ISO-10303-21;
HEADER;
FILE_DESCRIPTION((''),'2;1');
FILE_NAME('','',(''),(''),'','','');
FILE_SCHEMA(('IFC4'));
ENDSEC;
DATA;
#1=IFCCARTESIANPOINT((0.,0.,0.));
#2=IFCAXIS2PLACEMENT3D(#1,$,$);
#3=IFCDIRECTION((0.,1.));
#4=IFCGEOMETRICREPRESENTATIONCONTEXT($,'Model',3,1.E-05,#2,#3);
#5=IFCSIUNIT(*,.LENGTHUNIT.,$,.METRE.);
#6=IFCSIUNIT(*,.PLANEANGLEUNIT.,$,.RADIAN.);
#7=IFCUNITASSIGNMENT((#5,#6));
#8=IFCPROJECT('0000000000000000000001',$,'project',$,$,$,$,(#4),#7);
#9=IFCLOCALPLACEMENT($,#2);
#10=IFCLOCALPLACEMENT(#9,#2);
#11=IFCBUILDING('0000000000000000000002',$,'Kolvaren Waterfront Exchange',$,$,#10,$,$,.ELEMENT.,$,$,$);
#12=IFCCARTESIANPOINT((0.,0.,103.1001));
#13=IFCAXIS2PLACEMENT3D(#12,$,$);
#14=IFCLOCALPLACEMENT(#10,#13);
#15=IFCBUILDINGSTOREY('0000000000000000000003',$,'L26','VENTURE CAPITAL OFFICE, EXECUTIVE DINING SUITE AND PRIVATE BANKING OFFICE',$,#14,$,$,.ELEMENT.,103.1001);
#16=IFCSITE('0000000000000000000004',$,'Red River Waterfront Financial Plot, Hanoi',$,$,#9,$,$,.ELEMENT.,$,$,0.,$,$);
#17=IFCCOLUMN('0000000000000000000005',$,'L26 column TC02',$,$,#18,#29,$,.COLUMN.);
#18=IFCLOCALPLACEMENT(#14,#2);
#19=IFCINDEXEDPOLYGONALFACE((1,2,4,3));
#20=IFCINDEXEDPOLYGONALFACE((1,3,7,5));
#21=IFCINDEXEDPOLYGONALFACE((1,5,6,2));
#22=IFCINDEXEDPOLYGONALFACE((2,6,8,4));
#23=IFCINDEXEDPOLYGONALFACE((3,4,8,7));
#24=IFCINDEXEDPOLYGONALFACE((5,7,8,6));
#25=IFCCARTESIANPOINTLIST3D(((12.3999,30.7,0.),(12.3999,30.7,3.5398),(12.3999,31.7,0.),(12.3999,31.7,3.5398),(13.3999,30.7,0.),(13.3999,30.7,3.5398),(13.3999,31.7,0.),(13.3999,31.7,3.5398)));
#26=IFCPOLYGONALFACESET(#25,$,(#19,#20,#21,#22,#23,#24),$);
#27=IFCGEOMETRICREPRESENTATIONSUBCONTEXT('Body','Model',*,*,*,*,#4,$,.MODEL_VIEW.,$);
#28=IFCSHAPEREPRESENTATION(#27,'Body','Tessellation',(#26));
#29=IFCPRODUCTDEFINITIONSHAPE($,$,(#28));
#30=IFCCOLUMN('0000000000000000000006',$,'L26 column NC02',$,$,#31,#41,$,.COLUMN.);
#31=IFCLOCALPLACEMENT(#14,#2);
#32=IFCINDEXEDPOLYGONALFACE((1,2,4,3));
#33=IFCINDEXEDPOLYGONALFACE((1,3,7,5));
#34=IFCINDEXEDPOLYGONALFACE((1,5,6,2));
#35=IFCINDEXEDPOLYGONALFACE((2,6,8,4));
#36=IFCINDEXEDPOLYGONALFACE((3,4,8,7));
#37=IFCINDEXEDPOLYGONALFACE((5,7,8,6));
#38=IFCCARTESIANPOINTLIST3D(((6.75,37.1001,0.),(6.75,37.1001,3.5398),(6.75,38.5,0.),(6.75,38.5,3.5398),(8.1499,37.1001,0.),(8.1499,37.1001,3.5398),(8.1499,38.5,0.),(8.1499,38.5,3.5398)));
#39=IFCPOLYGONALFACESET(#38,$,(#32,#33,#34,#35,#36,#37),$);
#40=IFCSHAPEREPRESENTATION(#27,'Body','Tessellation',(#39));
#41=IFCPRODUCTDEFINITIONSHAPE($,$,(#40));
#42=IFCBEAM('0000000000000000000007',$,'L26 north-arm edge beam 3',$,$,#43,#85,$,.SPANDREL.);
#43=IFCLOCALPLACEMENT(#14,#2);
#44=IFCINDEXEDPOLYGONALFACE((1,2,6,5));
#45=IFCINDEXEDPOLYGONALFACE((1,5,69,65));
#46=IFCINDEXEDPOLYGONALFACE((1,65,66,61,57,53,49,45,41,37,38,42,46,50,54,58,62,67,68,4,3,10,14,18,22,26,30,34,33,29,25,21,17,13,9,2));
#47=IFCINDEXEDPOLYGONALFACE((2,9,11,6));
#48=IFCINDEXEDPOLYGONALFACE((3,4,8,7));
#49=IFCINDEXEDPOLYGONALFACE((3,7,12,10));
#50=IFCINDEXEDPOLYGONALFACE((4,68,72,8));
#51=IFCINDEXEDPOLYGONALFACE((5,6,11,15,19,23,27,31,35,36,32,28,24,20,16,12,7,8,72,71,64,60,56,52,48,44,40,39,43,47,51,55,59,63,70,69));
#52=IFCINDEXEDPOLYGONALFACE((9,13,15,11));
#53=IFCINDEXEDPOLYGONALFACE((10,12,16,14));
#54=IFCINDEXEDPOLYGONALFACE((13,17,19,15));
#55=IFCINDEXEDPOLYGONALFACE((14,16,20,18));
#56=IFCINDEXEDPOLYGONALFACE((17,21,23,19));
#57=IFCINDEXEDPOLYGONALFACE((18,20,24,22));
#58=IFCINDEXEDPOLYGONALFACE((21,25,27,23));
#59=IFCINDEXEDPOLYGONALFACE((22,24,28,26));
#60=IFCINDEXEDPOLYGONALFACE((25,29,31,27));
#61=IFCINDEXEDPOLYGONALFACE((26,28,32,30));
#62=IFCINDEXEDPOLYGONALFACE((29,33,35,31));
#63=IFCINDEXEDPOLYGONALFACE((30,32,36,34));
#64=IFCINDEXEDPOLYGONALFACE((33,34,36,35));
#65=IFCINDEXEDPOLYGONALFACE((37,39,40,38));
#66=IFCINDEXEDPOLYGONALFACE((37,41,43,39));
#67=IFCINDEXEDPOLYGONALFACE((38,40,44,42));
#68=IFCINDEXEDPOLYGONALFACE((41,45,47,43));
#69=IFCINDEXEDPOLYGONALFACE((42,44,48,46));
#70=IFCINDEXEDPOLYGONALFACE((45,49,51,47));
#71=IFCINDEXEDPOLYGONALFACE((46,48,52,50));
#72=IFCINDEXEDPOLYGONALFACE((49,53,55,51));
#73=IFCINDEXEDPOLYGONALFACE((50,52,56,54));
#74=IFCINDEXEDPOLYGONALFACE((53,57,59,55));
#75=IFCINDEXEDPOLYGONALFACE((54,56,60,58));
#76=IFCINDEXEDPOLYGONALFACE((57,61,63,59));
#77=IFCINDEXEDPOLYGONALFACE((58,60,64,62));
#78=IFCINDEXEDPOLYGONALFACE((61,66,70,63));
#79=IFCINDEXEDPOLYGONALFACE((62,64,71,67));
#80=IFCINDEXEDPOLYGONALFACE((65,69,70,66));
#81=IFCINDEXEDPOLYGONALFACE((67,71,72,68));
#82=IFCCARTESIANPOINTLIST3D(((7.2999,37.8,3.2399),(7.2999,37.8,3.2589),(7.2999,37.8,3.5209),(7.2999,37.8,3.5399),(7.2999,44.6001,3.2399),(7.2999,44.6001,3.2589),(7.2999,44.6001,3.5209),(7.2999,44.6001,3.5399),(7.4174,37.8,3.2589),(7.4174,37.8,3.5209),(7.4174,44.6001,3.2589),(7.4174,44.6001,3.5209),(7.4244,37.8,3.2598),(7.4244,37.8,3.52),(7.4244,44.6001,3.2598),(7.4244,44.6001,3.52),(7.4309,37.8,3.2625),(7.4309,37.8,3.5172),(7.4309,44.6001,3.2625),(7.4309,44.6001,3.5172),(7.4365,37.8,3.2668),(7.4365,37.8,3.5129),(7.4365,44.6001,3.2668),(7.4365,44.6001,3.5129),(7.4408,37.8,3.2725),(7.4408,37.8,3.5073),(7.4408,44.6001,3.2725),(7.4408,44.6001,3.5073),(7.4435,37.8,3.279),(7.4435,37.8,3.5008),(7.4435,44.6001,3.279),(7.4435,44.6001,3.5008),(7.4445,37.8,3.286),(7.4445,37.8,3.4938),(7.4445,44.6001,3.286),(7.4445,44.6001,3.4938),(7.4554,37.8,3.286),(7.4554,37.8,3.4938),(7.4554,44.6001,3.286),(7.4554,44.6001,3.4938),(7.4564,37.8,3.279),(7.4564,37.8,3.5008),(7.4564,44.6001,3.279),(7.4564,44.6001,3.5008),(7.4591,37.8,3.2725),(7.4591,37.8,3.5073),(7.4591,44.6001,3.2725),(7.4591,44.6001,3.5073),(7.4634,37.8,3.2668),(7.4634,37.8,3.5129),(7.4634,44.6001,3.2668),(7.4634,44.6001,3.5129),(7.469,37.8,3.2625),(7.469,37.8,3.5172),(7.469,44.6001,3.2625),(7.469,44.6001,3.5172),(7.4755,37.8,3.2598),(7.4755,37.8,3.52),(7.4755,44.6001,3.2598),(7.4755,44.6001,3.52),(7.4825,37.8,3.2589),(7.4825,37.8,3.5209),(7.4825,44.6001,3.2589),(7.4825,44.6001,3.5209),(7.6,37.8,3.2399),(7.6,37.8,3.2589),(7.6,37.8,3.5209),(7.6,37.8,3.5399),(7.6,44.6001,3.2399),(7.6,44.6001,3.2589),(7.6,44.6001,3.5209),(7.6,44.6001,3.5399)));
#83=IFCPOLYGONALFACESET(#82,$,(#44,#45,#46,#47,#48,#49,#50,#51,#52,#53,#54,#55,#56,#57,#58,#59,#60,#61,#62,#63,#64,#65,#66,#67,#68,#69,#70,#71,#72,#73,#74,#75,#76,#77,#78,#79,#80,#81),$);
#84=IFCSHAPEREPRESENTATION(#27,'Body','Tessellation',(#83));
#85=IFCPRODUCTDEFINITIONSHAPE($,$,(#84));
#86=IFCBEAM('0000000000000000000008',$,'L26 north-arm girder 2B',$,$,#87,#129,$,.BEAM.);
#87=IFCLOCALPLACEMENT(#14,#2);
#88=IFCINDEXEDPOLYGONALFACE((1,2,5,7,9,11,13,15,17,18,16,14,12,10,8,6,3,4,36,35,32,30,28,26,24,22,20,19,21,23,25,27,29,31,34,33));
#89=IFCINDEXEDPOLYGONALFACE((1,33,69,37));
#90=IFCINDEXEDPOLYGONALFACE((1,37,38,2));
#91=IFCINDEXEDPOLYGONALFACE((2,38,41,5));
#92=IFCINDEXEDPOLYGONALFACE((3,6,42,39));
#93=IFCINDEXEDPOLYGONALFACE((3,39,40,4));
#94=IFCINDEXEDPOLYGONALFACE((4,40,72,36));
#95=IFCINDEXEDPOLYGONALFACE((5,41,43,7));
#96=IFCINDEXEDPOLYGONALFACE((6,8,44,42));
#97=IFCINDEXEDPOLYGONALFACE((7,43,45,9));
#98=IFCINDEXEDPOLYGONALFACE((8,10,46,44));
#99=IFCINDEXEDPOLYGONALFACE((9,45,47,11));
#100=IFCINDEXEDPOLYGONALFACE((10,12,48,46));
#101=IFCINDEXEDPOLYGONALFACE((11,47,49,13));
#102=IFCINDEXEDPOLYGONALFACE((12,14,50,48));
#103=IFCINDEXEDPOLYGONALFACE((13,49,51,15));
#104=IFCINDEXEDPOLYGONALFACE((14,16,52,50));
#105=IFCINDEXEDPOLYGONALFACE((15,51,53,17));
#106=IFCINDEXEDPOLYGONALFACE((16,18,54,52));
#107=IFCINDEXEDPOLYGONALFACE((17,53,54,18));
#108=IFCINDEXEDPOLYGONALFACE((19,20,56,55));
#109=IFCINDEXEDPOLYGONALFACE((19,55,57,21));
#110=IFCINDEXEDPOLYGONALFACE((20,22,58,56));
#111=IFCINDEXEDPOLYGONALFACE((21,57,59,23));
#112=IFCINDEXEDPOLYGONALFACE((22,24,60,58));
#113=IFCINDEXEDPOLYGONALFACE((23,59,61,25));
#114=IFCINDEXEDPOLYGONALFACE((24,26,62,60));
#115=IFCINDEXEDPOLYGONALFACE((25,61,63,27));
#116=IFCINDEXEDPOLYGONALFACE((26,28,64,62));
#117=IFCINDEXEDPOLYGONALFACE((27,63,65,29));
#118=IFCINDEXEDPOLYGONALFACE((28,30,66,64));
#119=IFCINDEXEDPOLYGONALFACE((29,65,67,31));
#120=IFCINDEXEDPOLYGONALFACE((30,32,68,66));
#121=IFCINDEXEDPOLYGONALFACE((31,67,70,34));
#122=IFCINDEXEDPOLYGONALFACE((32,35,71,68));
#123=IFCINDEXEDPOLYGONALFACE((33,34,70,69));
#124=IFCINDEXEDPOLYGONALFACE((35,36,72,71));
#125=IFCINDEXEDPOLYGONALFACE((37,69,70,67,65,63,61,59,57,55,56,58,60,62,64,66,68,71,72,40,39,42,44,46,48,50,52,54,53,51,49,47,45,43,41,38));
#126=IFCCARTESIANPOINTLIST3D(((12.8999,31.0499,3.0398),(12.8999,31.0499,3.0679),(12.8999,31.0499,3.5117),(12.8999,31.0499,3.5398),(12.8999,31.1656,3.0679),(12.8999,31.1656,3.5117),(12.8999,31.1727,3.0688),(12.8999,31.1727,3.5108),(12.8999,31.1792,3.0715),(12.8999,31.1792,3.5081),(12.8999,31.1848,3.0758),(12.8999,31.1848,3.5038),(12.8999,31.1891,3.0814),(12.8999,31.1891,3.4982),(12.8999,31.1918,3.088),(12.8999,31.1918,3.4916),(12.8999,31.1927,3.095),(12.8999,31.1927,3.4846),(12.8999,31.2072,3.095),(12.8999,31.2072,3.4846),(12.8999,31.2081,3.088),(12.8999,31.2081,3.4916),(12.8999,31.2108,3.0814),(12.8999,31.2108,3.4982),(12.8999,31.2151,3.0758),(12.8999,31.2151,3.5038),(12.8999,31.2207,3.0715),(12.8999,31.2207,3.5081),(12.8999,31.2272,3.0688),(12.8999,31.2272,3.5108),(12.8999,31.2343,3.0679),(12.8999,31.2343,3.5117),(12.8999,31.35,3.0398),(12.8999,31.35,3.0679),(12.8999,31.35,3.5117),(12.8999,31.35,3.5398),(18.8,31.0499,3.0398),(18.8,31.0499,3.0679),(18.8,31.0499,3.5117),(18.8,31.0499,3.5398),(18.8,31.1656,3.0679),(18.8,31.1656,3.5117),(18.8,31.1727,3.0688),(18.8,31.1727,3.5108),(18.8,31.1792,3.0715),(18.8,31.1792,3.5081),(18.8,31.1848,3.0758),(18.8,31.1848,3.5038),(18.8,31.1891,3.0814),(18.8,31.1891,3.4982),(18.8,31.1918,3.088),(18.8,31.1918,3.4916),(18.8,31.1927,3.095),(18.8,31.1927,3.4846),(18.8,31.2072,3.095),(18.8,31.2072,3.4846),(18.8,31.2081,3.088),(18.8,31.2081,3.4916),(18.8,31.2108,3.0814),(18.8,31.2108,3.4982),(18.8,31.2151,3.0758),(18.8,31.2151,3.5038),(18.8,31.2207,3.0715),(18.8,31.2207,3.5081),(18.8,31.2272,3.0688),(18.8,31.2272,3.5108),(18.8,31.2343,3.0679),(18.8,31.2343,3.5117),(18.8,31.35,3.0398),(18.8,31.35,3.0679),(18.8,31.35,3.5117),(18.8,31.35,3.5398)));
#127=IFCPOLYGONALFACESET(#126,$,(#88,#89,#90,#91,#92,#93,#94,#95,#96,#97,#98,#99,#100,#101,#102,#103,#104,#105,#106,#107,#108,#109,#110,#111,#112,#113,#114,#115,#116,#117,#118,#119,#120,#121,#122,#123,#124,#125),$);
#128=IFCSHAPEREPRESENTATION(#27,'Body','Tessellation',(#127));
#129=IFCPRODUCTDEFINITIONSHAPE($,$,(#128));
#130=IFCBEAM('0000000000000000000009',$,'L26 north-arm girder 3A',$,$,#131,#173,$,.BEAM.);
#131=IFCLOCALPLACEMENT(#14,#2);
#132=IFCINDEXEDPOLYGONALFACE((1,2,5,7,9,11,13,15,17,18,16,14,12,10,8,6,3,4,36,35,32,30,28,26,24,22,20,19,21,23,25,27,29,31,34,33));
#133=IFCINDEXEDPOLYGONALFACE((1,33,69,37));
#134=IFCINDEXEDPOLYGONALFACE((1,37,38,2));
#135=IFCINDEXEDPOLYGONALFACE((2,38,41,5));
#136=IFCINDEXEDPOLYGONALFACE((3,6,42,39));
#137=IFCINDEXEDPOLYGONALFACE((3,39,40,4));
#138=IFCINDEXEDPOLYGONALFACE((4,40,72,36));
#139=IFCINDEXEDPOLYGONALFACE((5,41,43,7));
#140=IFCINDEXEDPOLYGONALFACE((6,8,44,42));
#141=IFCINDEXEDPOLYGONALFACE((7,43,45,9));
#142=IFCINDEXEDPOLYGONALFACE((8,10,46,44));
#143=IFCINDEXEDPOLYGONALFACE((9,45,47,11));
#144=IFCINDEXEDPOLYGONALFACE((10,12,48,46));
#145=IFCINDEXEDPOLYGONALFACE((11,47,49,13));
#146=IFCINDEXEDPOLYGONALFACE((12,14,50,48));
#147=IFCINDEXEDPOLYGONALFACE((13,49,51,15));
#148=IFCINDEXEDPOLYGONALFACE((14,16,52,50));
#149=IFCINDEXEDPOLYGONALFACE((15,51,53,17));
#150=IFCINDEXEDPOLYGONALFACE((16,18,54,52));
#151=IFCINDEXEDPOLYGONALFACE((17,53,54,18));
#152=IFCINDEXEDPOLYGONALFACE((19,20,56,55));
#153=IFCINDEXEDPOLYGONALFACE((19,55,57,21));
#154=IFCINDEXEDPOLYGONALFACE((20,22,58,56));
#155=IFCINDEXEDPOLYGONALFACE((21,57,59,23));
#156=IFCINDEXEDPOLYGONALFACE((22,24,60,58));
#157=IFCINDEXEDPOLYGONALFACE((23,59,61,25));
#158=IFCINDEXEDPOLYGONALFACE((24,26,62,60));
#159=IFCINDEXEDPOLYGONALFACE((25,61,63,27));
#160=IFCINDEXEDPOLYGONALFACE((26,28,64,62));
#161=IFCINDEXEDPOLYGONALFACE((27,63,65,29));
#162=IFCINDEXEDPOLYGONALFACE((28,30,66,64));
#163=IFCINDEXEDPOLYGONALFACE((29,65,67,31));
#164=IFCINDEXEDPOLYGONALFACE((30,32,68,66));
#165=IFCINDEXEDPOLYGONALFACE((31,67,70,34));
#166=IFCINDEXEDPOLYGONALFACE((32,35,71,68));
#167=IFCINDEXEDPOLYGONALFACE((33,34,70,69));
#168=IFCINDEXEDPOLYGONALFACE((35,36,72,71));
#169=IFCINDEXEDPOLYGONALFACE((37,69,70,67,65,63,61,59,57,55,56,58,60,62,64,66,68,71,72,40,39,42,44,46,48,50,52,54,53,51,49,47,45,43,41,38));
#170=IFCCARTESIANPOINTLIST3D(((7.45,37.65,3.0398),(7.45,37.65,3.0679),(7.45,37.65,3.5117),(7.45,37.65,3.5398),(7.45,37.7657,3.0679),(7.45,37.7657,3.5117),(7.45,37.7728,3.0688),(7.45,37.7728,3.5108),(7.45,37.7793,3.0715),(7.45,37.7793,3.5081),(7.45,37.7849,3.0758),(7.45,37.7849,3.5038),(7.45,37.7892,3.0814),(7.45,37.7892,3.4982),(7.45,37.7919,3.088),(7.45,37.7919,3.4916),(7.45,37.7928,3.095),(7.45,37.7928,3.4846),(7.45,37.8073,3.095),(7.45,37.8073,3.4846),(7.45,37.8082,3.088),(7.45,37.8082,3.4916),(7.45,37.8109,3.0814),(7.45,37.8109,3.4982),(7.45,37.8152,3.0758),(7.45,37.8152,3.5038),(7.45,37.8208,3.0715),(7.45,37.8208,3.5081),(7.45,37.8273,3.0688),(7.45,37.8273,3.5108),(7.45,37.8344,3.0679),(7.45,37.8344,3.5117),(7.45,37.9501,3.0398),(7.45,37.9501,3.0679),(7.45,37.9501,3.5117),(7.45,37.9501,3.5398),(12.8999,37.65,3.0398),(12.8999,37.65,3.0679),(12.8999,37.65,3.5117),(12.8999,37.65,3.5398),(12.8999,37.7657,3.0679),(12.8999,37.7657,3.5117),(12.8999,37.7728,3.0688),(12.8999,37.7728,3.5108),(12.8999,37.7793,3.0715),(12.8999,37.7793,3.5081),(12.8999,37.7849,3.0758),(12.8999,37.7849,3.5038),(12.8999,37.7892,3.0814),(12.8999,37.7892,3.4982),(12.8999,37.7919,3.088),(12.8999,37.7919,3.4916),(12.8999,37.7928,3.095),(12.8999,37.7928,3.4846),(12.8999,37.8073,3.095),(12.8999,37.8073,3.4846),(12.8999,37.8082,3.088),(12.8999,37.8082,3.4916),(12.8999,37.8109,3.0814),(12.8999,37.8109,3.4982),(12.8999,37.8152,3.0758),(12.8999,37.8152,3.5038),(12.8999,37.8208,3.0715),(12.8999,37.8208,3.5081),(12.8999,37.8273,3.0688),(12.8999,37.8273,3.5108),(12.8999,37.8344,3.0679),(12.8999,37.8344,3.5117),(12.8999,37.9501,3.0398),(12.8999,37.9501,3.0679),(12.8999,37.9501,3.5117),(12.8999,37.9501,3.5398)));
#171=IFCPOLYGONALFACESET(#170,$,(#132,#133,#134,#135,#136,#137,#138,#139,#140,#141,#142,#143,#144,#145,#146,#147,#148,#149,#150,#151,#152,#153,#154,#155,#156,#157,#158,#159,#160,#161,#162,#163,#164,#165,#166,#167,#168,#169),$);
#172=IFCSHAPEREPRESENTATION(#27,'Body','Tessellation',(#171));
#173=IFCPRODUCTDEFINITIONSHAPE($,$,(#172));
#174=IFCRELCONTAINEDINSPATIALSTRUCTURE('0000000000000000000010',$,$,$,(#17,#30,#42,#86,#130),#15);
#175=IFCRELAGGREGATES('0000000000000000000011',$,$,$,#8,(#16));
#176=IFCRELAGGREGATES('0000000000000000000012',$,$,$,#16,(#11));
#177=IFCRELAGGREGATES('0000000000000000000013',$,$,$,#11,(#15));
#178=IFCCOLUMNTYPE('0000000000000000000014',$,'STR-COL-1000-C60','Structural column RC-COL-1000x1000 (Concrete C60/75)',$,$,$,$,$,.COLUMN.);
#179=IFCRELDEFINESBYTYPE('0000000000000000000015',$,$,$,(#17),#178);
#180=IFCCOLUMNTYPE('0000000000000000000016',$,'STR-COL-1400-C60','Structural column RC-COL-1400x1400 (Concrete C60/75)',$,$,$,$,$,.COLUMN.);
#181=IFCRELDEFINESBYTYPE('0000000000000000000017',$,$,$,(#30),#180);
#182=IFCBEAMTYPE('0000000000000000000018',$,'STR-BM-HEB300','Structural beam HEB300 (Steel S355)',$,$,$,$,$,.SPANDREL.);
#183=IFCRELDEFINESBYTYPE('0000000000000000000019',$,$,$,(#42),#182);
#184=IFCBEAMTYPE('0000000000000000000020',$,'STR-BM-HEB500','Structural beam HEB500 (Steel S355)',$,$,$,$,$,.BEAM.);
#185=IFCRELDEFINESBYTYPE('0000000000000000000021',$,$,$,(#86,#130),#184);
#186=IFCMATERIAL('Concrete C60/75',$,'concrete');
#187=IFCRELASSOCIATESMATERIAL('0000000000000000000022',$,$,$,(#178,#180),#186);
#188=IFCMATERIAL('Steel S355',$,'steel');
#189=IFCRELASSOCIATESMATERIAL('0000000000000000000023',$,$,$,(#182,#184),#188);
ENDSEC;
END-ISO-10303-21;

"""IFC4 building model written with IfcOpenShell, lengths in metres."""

from ifc_helpers import new_model, si_unit, direction, frame, origin, origin_2d, place, context, subcontext, project, spatial, rectangle, i_section, extrude, material, material_profile, profile_set, type_object, element, save


model = new_model("IFC4")

# Units and contexts
model_context = context("Model", 3, precision=1e-05, world=origin(), true_north=direction((0.0, 1.0)))
body_context = subcontext(model_context, "Body", "Model", "MODEL_VIEW")
ifc_project = project(units=[si_unit("LENGTHUNIT", "METRE"), si_unit("PLANEANGLEUNIT", "RADIAN")], contexts=[model_context])

# Site, building, storey
site_placement = place(None, origin())
site = spatial("IfcSite", under=ifc_project, at=site_placement, Name="Red River Waterfront Financial Plot, Hanoi", CompositionType="ELEMENT", RefElevation=0.0)
building_placement = place(site_placement, origin())
building = spatial("IfcBuilding", under=site, at=building_placement, Name="Kolvaren Waterfront Exchange", CompositionType="ELEMENT")
storey_placement = place(building_placement, frame((0.0, 0.0, 103.1001)))
storey = spatial("IfcBuildingStorey", under=building, at=storey_placement, Name="L26", Description="VENTURE CAPITAL OFFICE, EXECUTIVE DINING SUITE AND PRIVATE BANKING OFFICE", CompositionType="ELEMENT", Elevation=103.1001)

# Columns
ifc_material_1 = material(Name="Concrete C60/75", Category="concrete")
ifc_material_profile_1 = material_profile(ifc_material_1, rectangle(XDim=1.0, YDim=1.0, at=origin_2d()), Name="RC-COL-1000x1000")
ifc_profile_set_1 = profile_set([ifc_material_profile_1], Name="Concrete C60/75")
column_type_1 = type_object("IfcColumnType", Name="STR-COL-1000-C60", Description="Structural column RC-COL-1000x1000 (Concrete C60/75)", PredefinedType="COLUMN", material=ifc_profile_set_1)
column_1_placement = place(storey_placement, frame((12.8999, 31.2, 0.0), z_axis=(0.0, 0.0, 1.0), x_axis=(1.0, 0.0, 0.0)))
element("IfcColumn", 1, at=column_1_placement, inside=storey, type_object=column_type_1, Name="L26 column TC02", PredefinedType="COLUMN", context=body_context, shape_type="SweptSolid", body=[
    extrude(rectangle(XDim=1.0, YDim=1.0, at=origin_2d()), origin(), (0.0, 0.0, 1.0), 3.5398),
])
ifc_material_profile_2 = material_profile(ifc_material_1, rectangle(XDim=1.3999, YDim=1.3999, at=origin_2d()), Name="RC-COL-1400x1400")
ifc_profile_set_2 = profile_set([ifc_material_profile_2], Name="Concrete C60/75")
column_type_2 = type_object("IfcColumnType", Name="STR-COL-1400-C60", Description="Structural column RC-COL-1400x1400 (Concrete C60/75)", PredefinedType="COLUMN", material=ifc_profile_set_2)
column_2_placement = place(storey_placement, frame((7.45, 37.8, 0.0), z_axis=(0.0, 0.0, 1.0), x_axis=(1.0, 0.0, 0.0)))
element("IfcColumn", 2, at=column_2_placement, inside=storey, type_object=column_type_2, Name="L26 column NC02", PredefinedType="COLUMN", context=body_context, shape_type="SweptSolid", body=[
    extrude(rectangle(XDim=1.3999, YDim=1.3999, at=origin_2d()), origin(), (0.0, 0.0, 1.0), 3.5398),
])

# Beams
ifc_material_2 = material(Name="Steel S355", Category="steel")
ifc_material_profile_3 = material_profile(ifc_material_2, i_section(OverallWidth=0.3, OverallDepth=0.3, WebThickness=0.011, FlangeThickness=0.019, FilletRadius=0.0271, at=origin_2d()), Name="HEB300")
ifc_profile_set_3 = profile_set([ifc_material_profile_3], Name="Steel S355")
beam_type_1 = type_object("IfcBeamType", Name="STR-BM-HEB300", Description="Structural beam HEB300 (Steel S355)", PredefinedType="SPANDREL", material=ifc_profile_set_3)
beam_1_placement = place(storey_placement, frame((7.45, 37.8, 3.3899), z_axis=(0.0, 1.0, 0.0), x_axis=(-1.0, 0.0, 0.0)))
element("IfcBeam", 3, at=beam_1_placement, inside=storey, type_object=beam_type_1, Name="L26 north-arm edge beam 3", PredefinedType="SPANDREL", context=body_context, shape_type="SweptSolid", body=[
    extrude(i_section(OverallWidth=0.3, OverallDepth=0.3, WebThickness=0.011, FlangeThickness=0.019, FilletRadius=0.0271, at=origin_2d()), origin(), (0.0, 0.0, 1.0), 6.8),
])
ifc_material_profile_4 = material_profile(ifc_material_2, i_section(OverallWidth=0.3, OverallDepth=0.5, WebThickness=0.0144, FlangeThickness=0.0281, FilletRadius=0.0271, at=origin_2d()), Name="HEB500")
ifc_profile_set_4 = profile_set([ifc_material_profile_4], Name="Steel S355")
beam_type_2 = type_object("IfcBeamType", Name="STR-BM-HEB500", Description="Structural beam HEB500 (Steel S355)", PredefinedType="BEAM", material=ifc_profile_set_4)
beam_2_placement = place(storey_placement, frame((12.8999, 31.2, 3.2898), z_axis=(1.0, 0.0, 0.0), x_axis=(0.0, 1.0, 0.0)))
element("IfcBeam", 4, at=beam_2_placement, inside=storey, type_object=beam_type_2, Name="L26 north-arm girder 2B", PredefinedType="BEAM", context=body_context, shape_type="SweptSolid", body=[
    extrude(i_section(OverallWidth=0.3, OverallDepth=0.5, WebThickness=0.0144, FlangeThickness=0.0281, FilletRadius=0.0271, at=origin_2d()), origin(), (0.0, 0.0, 1.0), 5.9001),
])
beam_3_placement = place(storey_placement, frame((7.45, 37.8, 3.2898), z_axis=(1.0, 0.0, 0.0), x_axis=(0.0, 1.0, 0.0)))
element("IfcBeam", 5, at=beam_3_placement, inside=storey, type_object=beam_type_2, Name="L26 north-arm girder 3A", PredefinedType="BEAM", context=body_context, shape_type="SweptSolid", body=[
    extrude(i_section(OverallWidth=0.3, OverallDepth=0.5, WebThickness=0.0144, FlangeThickness=0.0281, FilletRadius=0.0271, at=origin_2d()), origin(), (0.0, 0.0, 1.0), 5.45),
])

save(model, "model.ifc")
